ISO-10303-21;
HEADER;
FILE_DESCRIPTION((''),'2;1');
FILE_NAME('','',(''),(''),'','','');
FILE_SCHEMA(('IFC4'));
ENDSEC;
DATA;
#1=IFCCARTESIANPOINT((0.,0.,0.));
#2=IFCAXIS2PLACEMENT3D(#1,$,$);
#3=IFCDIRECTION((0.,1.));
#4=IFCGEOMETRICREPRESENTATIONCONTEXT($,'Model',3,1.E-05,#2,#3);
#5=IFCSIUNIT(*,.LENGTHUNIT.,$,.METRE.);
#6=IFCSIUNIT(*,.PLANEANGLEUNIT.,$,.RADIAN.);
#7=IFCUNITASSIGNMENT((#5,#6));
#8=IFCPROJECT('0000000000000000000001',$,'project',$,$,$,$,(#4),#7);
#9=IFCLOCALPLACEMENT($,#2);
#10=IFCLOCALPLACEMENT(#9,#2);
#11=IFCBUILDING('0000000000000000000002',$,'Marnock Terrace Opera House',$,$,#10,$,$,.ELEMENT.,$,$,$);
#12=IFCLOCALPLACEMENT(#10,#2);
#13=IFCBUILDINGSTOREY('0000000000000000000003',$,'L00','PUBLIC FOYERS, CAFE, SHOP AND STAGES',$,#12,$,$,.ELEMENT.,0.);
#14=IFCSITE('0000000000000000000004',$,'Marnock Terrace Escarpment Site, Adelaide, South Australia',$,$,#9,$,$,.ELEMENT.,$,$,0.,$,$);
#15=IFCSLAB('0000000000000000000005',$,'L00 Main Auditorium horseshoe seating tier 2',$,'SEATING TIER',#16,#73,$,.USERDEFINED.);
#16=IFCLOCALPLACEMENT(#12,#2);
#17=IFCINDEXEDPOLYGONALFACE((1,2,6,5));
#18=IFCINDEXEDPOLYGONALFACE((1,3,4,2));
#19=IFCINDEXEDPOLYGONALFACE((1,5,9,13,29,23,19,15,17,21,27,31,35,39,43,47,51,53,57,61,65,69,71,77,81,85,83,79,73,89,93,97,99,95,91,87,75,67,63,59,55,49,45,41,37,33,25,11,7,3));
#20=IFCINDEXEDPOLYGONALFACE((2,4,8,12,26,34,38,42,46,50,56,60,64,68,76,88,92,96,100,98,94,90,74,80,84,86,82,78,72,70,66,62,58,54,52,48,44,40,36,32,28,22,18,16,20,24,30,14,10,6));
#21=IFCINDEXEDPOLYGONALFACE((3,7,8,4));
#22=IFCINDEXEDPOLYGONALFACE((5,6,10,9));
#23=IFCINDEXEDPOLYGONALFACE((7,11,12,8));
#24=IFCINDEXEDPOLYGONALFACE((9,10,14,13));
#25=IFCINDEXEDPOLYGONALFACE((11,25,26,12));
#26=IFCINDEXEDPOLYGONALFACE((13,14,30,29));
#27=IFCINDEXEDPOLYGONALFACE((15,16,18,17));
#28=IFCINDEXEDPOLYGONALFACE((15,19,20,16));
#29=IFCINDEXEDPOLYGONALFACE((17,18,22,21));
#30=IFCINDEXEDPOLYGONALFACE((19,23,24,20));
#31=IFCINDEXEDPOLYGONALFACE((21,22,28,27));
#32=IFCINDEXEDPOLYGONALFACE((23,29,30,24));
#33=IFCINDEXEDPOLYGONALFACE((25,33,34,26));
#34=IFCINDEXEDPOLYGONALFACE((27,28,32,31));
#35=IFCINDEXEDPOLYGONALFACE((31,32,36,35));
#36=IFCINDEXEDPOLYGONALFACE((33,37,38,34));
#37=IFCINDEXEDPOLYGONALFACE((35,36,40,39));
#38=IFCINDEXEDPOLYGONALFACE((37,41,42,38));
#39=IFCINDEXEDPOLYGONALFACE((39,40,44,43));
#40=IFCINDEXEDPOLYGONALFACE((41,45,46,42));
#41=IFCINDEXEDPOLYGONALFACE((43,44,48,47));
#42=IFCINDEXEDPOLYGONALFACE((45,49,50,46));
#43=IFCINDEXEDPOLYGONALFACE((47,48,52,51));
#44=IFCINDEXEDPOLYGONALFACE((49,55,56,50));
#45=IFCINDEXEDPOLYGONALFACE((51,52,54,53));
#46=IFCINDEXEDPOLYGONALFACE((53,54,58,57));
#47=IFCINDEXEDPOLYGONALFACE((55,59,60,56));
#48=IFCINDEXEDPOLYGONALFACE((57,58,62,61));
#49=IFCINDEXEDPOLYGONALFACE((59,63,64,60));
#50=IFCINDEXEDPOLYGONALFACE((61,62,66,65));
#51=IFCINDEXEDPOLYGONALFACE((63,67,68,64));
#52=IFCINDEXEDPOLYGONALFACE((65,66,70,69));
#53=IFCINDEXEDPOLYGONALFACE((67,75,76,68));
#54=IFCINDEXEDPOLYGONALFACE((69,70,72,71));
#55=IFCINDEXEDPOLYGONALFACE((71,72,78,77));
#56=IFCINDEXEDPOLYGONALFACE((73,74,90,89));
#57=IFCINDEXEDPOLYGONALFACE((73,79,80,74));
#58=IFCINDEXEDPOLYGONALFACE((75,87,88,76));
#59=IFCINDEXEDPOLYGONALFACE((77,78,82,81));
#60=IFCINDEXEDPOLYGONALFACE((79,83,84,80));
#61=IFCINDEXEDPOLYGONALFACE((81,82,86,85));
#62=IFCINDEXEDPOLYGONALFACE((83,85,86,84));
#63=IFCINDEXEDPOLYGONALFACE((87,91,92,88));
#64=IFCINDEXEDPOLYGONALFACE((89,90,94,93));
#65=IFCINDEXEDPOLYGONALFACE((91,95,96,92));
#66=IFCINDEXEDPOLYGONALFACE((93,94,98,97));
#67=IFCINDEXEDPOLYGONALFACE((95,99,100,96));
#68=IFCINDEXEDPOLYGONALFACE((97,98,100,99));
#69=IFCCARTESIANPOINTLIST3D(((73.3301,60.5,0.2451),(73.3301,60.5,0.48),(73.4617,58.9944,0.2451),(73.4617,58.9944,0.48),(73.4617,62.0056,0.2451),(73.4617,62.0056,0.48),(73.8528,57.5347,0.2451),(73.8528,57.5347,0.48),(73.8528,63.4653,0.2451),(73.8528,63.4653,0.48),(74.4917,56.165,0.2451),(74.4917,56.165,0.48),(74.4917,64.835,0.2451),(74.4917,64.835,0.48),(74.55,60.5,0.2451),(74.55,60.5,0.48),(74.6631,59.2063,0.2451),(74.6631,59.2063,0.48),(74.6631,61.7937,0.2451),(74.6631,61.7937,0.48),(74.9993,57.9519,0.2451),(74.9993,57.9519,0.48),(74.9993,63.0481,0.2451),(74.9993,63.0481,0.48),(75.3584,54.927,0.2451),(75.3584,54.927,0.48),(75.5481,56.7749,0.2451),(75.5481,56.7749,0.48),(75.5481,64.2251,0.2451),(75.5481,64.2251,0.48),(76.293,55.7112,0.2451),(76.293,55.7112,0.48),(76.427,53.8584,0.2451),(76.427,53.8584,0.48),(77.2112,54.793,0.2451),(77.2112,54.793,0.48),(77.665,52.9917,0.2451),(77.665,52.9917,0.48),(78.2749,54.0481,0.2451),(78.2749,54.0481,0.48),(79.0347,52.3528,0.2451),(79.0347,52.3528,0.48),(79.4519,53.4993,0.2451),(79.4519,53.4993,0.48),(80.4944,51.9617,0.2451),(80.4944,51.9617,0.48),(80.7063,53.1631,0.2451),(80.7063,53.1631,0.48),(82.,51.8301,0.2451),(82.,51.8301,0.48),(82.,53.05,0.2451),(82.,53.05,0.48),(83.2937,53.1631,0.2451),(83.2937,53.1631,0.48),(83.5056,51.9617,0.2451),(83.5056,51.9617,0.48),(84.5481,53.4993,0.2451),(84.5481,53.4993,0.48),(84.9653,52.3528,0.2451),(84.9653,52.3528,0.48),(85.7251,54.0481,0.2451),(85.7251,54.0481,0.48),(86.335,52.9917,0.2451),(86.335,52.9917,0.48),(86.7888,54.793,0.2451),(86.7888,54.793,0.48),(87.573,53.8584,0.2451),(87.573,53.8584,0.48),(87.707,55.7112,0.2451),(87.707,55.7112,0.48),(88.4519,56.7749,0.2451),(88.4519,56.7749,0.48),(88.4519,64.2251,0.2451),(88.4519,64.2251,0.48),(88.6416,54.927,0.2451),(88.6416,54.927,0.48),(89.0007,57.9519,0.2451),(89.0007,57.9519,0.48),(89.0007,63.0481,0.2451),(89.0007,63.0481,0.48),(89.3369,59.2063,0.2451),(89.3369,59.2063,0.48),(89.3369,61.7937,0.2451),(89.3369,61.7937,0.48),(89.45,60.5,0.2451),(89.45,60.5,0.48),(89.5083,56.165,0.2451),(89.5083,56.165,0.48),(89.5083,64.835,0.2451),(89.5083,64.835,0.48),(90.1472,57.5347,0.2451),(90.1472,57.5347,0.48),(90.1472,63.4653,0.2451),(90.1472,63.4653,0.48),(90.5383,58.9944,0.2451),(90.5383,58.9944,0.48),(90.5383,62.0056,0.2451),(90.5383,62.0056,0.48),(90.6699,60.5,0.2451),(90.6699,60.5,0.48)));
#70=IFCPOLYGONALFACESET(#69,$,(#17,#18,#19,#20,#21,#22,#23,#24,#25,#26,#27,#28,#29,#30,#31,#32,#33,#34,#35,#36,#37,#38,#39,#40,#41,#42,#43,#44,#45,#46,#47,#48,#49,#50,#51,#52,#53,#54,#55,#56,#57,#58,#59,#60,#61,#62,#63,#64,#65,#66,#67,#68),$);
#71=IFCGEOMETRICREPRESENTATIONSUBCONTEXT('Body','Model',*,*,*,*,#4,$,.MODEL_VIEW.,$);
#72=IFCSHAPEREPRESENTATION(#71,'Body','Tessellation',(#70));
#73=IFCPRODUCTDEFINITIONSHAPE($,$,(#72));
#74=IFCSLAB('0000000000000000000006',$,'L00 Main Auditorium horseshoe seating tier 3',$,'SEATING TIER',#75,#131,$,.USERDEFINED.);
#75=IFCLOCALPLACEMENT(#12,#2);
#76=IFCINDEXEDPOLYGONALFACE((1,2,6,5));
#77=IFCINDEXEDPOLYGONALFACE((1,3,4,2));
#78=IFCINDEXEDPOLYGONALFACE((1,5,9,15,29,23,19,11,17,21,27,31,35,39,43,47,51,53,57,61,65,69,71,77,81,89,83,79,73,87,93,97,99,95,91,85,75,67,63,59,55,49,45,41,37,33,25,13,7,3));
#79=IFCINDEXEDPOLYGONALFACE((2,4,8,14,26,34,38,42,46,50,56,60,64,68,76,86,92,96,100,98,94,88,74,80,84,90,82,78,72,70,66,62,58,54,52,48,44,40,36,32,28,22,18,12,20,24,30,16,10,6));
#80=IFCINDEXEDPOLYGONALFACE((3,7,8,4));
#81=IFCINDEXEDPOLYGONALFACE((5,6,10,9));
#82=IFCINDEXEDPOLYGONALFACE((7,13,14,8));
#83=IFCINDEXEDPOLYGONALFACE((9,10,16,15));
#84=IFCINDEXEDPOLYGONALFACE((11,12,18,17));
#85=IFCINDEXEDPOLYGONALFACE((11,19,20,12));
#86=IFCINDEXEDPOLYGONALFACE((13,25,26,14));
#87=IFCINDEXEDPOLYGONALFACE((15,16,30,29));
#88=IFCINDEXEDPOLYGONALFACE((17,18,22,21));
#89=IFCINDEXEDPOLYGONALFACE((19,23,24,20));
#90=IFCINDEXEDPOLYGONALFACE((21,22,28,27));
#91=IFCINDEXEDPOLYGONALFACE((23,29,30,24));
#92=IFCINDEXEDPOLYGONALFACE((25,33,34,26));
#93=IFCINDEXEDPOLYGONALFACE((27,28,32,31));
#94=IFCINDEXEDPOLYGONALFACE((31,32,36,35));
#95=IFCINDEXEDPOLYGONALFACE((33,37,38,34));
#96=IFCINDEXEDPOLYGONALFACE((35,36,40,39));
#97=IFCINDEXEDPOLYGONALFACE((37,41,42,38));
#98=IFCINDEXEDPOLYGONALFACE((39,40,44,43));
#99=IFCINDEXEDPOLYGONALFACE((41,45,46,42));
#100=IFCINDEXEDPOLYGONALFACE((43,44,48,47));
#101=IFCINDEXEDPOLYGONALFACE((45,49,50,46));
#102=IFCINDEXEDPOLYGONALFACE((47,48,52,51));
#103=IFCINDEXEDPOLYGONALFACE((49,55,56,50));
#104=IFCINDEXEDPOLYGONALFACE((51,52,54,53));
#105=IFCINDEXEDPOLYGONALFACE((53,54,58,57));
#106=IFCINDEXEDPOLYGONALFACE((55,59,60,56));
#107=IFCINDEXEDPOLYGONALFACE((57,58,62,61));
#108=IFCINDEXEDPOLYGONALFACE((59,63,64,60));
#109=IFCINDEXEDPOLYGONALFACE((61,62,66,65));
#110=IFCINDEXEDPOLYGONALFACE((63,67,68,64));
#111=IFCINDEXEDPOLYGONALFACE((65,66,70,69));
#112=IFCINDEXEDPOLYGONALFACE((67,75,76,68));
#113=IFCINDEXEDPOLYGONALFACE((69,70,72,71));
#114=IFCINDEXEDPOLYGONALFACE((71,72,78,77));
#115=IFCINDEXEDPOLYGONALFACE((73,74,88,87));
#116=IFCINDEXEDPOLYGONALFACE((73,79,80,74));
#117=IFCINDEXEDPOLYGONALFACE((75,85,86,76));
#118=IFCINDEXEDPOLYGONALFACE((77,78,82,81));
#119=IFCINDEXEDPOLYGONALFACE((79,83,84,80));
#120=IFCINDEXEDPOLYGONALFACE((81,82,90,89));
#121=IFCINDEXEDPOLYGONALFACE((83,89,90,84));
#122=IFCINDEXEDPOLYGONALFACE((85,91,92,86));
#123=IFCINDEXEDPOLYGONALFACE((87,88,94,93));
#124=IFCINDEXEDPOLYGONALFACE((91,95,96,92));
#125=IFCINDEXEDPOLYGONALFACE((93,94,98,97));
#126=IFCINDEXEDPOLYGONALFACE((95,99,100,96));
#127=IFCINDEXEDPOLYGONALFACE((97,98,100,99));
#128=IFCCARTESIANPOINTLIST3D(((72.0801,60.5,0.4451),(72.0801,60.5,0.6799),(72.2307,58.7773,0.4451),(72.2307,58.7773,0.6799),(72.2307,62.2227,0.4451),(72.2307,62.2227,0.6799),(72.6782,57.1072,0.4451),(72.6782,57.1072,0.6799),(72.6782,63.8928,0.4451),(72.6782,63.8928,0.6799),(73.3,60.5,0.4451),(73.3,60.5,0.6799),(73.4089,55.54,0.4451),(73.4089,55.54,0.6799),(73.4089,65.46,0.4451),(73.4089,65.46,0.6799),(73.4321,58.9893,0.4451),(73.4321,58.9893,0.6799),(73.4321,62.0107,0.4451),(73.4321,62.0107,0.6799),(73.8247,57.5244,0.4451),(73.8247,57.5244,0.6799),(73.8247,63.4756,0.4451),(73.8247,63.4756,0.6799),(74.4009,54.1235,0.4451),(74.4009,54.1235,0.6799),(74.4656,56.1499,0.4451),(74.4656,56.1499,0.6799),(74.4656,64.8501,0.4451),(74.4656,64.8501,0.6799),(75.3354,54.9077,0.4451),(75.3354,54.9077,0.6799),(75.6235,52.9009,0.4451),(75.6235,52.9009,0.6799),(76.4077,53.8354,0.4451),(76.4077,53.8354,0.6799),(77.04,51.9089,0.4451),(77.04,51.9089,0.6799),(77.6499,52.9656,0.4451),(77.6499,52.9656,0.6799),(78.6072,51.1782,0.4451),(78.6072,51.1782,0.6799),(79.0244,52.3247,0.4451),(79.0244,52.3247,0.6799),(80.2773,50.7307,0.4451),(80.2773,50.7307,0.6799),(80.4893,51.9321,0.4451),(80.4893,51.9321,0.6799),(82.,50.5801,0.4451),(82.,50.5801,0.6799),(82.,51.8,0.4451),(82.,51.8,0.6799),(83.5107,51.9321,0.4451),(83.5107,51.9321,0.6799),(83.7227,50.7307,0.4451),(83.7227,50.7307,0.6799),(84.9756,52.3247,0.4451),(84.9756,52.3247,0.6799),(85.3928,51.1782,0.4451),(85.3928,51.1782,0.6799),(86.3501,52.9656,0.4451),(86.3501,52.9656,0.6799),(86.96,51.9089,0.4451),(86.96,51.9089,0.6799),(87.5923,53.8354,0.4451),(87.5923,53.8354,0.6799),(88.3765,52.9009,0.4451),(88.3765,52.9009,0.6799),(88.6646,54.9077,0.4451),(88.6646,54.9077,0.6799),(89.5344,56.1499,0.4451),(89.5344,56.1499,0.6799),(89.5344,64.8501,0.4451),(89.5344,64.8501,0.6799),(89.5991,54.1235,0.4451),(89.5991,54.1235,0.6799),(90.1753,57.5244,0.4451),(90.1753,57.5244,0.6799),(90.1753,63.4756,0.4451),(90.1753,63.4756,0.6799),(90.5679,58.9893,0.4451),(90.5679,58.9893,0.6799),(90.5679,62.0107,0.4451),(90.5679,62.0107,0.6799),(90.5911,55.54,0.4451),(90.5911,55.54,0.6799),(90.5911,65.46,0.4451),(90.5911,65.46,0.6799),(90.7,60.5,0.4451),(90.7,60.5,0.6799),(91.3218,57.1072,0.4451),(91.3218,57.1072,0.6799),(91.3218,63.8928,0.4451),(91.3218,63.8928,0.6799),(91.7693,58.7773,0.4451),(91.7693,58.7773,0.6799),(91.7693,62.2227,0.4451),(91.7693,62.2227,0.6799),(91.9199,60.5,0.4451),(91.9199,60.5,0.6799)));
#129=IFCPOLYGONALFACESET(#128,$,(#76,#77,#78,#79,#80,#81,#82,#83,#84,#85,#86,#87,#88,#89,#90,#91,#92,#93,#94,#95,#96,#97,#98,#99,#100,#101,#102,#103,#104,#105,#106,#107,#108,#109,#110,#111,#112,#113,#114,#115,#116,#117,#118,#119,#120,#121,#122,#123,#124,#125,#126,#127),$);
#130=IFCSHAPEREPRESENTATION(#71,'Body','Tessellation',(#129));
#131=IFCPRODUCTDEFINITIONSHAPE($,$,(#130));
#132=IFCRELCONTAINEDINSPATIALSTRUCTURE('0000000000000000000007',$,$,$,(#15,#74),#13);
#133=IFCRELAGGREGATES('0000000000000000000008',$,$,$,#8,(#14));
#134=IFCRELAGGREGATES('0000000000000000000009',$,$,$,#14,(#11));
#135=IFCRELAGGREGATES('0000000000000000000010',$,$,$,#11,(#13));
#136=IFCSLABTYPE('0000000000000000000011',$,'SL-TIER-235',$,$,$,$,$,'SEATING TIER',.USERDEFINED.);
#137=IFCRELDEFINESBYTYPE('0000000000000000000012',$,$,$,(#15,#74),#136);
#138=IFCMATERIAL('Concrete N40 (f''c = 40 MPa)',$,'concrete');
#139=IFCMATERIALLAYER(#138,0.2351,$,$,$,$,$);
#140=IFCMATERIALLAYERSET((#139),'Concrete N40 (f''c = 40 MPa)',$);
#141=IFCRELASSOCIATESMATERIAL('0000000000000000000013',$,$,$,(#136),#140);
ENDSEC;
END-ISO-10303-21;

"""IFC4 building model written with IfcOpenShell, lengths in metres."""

from ifc_helpers import new_model, si_unit, direction, frame, origin, place, context, subcontext, project, spatial, polyline, outline, extrude, material, layer, layer_set, type_object, element, save


model = new_model("IFC4")

# Units and contexts
model_context = context("Model", 3, precision=1e-05, world=origin(), true_north=direction((0.0, 1.0)))
body_context = subcontext(model_context, "Body", "Model", "MODEL_VIEW")
ifc_project = project(units=[si_unit("LENGTHUNIT", "METRE"), si_unit("PLANEANGLEUNIT", "RADIAN")], contexts=[model_context])

# Site, building, storey
site_placement = place(None, origin())
site = spatial("IfcSite", under=ifc_project, at=site_placement, Name="Marnock Terrace Escarpment Site, Adelaide, South Australia", CompositionType="ELEMENT", RefElevation=0.0)
building_placement = place(site_placement, origin())
building = spatial("IfcBuilding", under=site, at=building_placement, Name="Marnock Terrace Opera House", CompositionType="ELEMENT")
storey_placement = place(building_placement, origin())
storey = spatial("IfcBuildingStorey", under=building, at=storey_placement, Name="L00", Description="PUBLIC FOYERS, CAFE, SHOP AND STAGES", CompositionType="ELEMENT", Elevation=0.0)

# Slabs
ifc_material_1 = material(Name="Concrete N40 (f'c = 40 MPa)", Category="concrete")
ifc_layer_1 = layer(ifc_material_1, 0.2351)
ifc_layer_set_1 = layer_set([ifc_layer_1], Name="Concrete N40 (f'c = 40 MPa)")
slab_type_1 = type_object("IfcSlabType", Name="SL-TIER-235", ElementType="SEATING TIER", PredefinedType="USERDEFINED", material=ifc_layer_set_1)
slab_1_placement = place(storey_placement, frame((0.0, 0.0, 0.2451)))
element("IfcSlab", 1, at=slab_1_placement, inside=storey, type_object=slab_type_1, Name="L00 Main Auditorium horseshoe seating tier 2", ObjectType="SEATING TIER", PredefinedType="USERDEFINED", context=body_context, shape_type="SweptSolid", body=[
    extrude(outline(polyline([(74.4917, 64.835), (73.8528, 63.4653), (73.4617, 62.0056), (73.3301, 60.5), (73.4617, 58.9944), (73.8528, 57.5347), (74.4917, 56.165), (75.3584, 54.927), (76.427, 53.8584), (77.665, 52.9917), (79.0347, 52.3528), (80.4944, 51.9617), (82.0, 51.8301), (83.5056, 51.9617), (84.9653, 52.3528), (86.335, 52.9917), (87.573, 53.8584), (88.6416, 54.927), (89.5083, 56.165), (90.1472, 57.5347), (90.5383, 58.9944), (90.6699, 60.5), (90.5383, 62.0056), (90.1472, 63.4653), (89.5083, 64.835), (88.4519, 64.2251), (89.0007, 63.0481), (89.3369, 61.7937), (89.45, 60.5), (89.3369, 59.2063), (89.0007, 57.9519), (88.4519, 56.7749), (87.707, 55.7112), (86.7888, 54.793), (85.7251, 54.0481), (84.5481, 53.4993), (83.2937, 53.1631), (82.0, 53.05), (80.7063, 53.1631), (79.4519, 53.4993), (78.2749, 54.0481), (77.2112, 54.793), (76.293, 55.7112), (75.5481, 56.7749), (74.9993, 57.9519), (74.6631, 59.2063), (74.55, 60.5), (74.6631, 61.7937), (74.9993, 63.0481), (75.5481, 64.2251), (74.4917, 64.835)])), origin(), (0.0, 0.0, 1.0), 0.2349),
])
slab_2_placement = place(storey_placement, frame((0.0, 0.0, 0.4451)))
element("IfcSlab", 2, at=slab_2_placement, inside=storey, type_object=slab_type_1, Name="L00 Main Auditorium horseshoe seating tier 3", ObjectType="SEATING TIER", PredefinedType="USERDEFINED", context=body_context, shape_type="SweptSolid", body=[
    extrude(outline(polyline([(73.4089, 65.46), (72.6782, 63.8928), (72.2307, 62.2227), (72.0801, 60.5), (72.2307, 58.7773), (72.6782, 57.1072), (73.4089, 55.54), (74.4009, 54.1235), (75.6235, 52.9009), (77.04, 51.9089), (78.6072, 51.1782), (80.2773, 50.7307), (82.0, 50.5801), (83.7227, 50.7307), (85.3928, 51.1782), (86.96, 51.9089), (88.3765, 52.9009), (89.5991, 54.1235), (90.5911, 55.54), (91.3218, 57.1072), (91.7693, 58.7773), (91.9199, 60.5), (91.7693, 62.2227), (91.3218, 63.8928), (90.5911, 65.46), (89.5344, 64.8501), (90.1753, 63.4756), (90.5679, 62.0107), (90.7, 60.5), (90.5679, 58.9893), (90.1753, 57.5244), (89.5344, 56.1499), (88.6646, 54.9077), (87.5923, 53.8354), (86.3501, 52.9656), (84.9756, 52.3247), (83.5107, 51.9321), (82.0, 51.8), (80.4893, 51.9321), (79.0244, 52.3247), (77.6499, 52.9656), (76.4077, 53.8354), (75.3354, 54.9077), (74.4656, 56.1499), (73.8247, 57.5244), (73.4321, 58.9893), (73.3, 60.5), (73.4321, 62.0107), (73.8247, 63.4756), (74.4656, 64.8501), (73.4089, 65.46)])), origin(), (0.0, 0.0, 1.0), 0.2349),
])

save(model, "model.ifc")
